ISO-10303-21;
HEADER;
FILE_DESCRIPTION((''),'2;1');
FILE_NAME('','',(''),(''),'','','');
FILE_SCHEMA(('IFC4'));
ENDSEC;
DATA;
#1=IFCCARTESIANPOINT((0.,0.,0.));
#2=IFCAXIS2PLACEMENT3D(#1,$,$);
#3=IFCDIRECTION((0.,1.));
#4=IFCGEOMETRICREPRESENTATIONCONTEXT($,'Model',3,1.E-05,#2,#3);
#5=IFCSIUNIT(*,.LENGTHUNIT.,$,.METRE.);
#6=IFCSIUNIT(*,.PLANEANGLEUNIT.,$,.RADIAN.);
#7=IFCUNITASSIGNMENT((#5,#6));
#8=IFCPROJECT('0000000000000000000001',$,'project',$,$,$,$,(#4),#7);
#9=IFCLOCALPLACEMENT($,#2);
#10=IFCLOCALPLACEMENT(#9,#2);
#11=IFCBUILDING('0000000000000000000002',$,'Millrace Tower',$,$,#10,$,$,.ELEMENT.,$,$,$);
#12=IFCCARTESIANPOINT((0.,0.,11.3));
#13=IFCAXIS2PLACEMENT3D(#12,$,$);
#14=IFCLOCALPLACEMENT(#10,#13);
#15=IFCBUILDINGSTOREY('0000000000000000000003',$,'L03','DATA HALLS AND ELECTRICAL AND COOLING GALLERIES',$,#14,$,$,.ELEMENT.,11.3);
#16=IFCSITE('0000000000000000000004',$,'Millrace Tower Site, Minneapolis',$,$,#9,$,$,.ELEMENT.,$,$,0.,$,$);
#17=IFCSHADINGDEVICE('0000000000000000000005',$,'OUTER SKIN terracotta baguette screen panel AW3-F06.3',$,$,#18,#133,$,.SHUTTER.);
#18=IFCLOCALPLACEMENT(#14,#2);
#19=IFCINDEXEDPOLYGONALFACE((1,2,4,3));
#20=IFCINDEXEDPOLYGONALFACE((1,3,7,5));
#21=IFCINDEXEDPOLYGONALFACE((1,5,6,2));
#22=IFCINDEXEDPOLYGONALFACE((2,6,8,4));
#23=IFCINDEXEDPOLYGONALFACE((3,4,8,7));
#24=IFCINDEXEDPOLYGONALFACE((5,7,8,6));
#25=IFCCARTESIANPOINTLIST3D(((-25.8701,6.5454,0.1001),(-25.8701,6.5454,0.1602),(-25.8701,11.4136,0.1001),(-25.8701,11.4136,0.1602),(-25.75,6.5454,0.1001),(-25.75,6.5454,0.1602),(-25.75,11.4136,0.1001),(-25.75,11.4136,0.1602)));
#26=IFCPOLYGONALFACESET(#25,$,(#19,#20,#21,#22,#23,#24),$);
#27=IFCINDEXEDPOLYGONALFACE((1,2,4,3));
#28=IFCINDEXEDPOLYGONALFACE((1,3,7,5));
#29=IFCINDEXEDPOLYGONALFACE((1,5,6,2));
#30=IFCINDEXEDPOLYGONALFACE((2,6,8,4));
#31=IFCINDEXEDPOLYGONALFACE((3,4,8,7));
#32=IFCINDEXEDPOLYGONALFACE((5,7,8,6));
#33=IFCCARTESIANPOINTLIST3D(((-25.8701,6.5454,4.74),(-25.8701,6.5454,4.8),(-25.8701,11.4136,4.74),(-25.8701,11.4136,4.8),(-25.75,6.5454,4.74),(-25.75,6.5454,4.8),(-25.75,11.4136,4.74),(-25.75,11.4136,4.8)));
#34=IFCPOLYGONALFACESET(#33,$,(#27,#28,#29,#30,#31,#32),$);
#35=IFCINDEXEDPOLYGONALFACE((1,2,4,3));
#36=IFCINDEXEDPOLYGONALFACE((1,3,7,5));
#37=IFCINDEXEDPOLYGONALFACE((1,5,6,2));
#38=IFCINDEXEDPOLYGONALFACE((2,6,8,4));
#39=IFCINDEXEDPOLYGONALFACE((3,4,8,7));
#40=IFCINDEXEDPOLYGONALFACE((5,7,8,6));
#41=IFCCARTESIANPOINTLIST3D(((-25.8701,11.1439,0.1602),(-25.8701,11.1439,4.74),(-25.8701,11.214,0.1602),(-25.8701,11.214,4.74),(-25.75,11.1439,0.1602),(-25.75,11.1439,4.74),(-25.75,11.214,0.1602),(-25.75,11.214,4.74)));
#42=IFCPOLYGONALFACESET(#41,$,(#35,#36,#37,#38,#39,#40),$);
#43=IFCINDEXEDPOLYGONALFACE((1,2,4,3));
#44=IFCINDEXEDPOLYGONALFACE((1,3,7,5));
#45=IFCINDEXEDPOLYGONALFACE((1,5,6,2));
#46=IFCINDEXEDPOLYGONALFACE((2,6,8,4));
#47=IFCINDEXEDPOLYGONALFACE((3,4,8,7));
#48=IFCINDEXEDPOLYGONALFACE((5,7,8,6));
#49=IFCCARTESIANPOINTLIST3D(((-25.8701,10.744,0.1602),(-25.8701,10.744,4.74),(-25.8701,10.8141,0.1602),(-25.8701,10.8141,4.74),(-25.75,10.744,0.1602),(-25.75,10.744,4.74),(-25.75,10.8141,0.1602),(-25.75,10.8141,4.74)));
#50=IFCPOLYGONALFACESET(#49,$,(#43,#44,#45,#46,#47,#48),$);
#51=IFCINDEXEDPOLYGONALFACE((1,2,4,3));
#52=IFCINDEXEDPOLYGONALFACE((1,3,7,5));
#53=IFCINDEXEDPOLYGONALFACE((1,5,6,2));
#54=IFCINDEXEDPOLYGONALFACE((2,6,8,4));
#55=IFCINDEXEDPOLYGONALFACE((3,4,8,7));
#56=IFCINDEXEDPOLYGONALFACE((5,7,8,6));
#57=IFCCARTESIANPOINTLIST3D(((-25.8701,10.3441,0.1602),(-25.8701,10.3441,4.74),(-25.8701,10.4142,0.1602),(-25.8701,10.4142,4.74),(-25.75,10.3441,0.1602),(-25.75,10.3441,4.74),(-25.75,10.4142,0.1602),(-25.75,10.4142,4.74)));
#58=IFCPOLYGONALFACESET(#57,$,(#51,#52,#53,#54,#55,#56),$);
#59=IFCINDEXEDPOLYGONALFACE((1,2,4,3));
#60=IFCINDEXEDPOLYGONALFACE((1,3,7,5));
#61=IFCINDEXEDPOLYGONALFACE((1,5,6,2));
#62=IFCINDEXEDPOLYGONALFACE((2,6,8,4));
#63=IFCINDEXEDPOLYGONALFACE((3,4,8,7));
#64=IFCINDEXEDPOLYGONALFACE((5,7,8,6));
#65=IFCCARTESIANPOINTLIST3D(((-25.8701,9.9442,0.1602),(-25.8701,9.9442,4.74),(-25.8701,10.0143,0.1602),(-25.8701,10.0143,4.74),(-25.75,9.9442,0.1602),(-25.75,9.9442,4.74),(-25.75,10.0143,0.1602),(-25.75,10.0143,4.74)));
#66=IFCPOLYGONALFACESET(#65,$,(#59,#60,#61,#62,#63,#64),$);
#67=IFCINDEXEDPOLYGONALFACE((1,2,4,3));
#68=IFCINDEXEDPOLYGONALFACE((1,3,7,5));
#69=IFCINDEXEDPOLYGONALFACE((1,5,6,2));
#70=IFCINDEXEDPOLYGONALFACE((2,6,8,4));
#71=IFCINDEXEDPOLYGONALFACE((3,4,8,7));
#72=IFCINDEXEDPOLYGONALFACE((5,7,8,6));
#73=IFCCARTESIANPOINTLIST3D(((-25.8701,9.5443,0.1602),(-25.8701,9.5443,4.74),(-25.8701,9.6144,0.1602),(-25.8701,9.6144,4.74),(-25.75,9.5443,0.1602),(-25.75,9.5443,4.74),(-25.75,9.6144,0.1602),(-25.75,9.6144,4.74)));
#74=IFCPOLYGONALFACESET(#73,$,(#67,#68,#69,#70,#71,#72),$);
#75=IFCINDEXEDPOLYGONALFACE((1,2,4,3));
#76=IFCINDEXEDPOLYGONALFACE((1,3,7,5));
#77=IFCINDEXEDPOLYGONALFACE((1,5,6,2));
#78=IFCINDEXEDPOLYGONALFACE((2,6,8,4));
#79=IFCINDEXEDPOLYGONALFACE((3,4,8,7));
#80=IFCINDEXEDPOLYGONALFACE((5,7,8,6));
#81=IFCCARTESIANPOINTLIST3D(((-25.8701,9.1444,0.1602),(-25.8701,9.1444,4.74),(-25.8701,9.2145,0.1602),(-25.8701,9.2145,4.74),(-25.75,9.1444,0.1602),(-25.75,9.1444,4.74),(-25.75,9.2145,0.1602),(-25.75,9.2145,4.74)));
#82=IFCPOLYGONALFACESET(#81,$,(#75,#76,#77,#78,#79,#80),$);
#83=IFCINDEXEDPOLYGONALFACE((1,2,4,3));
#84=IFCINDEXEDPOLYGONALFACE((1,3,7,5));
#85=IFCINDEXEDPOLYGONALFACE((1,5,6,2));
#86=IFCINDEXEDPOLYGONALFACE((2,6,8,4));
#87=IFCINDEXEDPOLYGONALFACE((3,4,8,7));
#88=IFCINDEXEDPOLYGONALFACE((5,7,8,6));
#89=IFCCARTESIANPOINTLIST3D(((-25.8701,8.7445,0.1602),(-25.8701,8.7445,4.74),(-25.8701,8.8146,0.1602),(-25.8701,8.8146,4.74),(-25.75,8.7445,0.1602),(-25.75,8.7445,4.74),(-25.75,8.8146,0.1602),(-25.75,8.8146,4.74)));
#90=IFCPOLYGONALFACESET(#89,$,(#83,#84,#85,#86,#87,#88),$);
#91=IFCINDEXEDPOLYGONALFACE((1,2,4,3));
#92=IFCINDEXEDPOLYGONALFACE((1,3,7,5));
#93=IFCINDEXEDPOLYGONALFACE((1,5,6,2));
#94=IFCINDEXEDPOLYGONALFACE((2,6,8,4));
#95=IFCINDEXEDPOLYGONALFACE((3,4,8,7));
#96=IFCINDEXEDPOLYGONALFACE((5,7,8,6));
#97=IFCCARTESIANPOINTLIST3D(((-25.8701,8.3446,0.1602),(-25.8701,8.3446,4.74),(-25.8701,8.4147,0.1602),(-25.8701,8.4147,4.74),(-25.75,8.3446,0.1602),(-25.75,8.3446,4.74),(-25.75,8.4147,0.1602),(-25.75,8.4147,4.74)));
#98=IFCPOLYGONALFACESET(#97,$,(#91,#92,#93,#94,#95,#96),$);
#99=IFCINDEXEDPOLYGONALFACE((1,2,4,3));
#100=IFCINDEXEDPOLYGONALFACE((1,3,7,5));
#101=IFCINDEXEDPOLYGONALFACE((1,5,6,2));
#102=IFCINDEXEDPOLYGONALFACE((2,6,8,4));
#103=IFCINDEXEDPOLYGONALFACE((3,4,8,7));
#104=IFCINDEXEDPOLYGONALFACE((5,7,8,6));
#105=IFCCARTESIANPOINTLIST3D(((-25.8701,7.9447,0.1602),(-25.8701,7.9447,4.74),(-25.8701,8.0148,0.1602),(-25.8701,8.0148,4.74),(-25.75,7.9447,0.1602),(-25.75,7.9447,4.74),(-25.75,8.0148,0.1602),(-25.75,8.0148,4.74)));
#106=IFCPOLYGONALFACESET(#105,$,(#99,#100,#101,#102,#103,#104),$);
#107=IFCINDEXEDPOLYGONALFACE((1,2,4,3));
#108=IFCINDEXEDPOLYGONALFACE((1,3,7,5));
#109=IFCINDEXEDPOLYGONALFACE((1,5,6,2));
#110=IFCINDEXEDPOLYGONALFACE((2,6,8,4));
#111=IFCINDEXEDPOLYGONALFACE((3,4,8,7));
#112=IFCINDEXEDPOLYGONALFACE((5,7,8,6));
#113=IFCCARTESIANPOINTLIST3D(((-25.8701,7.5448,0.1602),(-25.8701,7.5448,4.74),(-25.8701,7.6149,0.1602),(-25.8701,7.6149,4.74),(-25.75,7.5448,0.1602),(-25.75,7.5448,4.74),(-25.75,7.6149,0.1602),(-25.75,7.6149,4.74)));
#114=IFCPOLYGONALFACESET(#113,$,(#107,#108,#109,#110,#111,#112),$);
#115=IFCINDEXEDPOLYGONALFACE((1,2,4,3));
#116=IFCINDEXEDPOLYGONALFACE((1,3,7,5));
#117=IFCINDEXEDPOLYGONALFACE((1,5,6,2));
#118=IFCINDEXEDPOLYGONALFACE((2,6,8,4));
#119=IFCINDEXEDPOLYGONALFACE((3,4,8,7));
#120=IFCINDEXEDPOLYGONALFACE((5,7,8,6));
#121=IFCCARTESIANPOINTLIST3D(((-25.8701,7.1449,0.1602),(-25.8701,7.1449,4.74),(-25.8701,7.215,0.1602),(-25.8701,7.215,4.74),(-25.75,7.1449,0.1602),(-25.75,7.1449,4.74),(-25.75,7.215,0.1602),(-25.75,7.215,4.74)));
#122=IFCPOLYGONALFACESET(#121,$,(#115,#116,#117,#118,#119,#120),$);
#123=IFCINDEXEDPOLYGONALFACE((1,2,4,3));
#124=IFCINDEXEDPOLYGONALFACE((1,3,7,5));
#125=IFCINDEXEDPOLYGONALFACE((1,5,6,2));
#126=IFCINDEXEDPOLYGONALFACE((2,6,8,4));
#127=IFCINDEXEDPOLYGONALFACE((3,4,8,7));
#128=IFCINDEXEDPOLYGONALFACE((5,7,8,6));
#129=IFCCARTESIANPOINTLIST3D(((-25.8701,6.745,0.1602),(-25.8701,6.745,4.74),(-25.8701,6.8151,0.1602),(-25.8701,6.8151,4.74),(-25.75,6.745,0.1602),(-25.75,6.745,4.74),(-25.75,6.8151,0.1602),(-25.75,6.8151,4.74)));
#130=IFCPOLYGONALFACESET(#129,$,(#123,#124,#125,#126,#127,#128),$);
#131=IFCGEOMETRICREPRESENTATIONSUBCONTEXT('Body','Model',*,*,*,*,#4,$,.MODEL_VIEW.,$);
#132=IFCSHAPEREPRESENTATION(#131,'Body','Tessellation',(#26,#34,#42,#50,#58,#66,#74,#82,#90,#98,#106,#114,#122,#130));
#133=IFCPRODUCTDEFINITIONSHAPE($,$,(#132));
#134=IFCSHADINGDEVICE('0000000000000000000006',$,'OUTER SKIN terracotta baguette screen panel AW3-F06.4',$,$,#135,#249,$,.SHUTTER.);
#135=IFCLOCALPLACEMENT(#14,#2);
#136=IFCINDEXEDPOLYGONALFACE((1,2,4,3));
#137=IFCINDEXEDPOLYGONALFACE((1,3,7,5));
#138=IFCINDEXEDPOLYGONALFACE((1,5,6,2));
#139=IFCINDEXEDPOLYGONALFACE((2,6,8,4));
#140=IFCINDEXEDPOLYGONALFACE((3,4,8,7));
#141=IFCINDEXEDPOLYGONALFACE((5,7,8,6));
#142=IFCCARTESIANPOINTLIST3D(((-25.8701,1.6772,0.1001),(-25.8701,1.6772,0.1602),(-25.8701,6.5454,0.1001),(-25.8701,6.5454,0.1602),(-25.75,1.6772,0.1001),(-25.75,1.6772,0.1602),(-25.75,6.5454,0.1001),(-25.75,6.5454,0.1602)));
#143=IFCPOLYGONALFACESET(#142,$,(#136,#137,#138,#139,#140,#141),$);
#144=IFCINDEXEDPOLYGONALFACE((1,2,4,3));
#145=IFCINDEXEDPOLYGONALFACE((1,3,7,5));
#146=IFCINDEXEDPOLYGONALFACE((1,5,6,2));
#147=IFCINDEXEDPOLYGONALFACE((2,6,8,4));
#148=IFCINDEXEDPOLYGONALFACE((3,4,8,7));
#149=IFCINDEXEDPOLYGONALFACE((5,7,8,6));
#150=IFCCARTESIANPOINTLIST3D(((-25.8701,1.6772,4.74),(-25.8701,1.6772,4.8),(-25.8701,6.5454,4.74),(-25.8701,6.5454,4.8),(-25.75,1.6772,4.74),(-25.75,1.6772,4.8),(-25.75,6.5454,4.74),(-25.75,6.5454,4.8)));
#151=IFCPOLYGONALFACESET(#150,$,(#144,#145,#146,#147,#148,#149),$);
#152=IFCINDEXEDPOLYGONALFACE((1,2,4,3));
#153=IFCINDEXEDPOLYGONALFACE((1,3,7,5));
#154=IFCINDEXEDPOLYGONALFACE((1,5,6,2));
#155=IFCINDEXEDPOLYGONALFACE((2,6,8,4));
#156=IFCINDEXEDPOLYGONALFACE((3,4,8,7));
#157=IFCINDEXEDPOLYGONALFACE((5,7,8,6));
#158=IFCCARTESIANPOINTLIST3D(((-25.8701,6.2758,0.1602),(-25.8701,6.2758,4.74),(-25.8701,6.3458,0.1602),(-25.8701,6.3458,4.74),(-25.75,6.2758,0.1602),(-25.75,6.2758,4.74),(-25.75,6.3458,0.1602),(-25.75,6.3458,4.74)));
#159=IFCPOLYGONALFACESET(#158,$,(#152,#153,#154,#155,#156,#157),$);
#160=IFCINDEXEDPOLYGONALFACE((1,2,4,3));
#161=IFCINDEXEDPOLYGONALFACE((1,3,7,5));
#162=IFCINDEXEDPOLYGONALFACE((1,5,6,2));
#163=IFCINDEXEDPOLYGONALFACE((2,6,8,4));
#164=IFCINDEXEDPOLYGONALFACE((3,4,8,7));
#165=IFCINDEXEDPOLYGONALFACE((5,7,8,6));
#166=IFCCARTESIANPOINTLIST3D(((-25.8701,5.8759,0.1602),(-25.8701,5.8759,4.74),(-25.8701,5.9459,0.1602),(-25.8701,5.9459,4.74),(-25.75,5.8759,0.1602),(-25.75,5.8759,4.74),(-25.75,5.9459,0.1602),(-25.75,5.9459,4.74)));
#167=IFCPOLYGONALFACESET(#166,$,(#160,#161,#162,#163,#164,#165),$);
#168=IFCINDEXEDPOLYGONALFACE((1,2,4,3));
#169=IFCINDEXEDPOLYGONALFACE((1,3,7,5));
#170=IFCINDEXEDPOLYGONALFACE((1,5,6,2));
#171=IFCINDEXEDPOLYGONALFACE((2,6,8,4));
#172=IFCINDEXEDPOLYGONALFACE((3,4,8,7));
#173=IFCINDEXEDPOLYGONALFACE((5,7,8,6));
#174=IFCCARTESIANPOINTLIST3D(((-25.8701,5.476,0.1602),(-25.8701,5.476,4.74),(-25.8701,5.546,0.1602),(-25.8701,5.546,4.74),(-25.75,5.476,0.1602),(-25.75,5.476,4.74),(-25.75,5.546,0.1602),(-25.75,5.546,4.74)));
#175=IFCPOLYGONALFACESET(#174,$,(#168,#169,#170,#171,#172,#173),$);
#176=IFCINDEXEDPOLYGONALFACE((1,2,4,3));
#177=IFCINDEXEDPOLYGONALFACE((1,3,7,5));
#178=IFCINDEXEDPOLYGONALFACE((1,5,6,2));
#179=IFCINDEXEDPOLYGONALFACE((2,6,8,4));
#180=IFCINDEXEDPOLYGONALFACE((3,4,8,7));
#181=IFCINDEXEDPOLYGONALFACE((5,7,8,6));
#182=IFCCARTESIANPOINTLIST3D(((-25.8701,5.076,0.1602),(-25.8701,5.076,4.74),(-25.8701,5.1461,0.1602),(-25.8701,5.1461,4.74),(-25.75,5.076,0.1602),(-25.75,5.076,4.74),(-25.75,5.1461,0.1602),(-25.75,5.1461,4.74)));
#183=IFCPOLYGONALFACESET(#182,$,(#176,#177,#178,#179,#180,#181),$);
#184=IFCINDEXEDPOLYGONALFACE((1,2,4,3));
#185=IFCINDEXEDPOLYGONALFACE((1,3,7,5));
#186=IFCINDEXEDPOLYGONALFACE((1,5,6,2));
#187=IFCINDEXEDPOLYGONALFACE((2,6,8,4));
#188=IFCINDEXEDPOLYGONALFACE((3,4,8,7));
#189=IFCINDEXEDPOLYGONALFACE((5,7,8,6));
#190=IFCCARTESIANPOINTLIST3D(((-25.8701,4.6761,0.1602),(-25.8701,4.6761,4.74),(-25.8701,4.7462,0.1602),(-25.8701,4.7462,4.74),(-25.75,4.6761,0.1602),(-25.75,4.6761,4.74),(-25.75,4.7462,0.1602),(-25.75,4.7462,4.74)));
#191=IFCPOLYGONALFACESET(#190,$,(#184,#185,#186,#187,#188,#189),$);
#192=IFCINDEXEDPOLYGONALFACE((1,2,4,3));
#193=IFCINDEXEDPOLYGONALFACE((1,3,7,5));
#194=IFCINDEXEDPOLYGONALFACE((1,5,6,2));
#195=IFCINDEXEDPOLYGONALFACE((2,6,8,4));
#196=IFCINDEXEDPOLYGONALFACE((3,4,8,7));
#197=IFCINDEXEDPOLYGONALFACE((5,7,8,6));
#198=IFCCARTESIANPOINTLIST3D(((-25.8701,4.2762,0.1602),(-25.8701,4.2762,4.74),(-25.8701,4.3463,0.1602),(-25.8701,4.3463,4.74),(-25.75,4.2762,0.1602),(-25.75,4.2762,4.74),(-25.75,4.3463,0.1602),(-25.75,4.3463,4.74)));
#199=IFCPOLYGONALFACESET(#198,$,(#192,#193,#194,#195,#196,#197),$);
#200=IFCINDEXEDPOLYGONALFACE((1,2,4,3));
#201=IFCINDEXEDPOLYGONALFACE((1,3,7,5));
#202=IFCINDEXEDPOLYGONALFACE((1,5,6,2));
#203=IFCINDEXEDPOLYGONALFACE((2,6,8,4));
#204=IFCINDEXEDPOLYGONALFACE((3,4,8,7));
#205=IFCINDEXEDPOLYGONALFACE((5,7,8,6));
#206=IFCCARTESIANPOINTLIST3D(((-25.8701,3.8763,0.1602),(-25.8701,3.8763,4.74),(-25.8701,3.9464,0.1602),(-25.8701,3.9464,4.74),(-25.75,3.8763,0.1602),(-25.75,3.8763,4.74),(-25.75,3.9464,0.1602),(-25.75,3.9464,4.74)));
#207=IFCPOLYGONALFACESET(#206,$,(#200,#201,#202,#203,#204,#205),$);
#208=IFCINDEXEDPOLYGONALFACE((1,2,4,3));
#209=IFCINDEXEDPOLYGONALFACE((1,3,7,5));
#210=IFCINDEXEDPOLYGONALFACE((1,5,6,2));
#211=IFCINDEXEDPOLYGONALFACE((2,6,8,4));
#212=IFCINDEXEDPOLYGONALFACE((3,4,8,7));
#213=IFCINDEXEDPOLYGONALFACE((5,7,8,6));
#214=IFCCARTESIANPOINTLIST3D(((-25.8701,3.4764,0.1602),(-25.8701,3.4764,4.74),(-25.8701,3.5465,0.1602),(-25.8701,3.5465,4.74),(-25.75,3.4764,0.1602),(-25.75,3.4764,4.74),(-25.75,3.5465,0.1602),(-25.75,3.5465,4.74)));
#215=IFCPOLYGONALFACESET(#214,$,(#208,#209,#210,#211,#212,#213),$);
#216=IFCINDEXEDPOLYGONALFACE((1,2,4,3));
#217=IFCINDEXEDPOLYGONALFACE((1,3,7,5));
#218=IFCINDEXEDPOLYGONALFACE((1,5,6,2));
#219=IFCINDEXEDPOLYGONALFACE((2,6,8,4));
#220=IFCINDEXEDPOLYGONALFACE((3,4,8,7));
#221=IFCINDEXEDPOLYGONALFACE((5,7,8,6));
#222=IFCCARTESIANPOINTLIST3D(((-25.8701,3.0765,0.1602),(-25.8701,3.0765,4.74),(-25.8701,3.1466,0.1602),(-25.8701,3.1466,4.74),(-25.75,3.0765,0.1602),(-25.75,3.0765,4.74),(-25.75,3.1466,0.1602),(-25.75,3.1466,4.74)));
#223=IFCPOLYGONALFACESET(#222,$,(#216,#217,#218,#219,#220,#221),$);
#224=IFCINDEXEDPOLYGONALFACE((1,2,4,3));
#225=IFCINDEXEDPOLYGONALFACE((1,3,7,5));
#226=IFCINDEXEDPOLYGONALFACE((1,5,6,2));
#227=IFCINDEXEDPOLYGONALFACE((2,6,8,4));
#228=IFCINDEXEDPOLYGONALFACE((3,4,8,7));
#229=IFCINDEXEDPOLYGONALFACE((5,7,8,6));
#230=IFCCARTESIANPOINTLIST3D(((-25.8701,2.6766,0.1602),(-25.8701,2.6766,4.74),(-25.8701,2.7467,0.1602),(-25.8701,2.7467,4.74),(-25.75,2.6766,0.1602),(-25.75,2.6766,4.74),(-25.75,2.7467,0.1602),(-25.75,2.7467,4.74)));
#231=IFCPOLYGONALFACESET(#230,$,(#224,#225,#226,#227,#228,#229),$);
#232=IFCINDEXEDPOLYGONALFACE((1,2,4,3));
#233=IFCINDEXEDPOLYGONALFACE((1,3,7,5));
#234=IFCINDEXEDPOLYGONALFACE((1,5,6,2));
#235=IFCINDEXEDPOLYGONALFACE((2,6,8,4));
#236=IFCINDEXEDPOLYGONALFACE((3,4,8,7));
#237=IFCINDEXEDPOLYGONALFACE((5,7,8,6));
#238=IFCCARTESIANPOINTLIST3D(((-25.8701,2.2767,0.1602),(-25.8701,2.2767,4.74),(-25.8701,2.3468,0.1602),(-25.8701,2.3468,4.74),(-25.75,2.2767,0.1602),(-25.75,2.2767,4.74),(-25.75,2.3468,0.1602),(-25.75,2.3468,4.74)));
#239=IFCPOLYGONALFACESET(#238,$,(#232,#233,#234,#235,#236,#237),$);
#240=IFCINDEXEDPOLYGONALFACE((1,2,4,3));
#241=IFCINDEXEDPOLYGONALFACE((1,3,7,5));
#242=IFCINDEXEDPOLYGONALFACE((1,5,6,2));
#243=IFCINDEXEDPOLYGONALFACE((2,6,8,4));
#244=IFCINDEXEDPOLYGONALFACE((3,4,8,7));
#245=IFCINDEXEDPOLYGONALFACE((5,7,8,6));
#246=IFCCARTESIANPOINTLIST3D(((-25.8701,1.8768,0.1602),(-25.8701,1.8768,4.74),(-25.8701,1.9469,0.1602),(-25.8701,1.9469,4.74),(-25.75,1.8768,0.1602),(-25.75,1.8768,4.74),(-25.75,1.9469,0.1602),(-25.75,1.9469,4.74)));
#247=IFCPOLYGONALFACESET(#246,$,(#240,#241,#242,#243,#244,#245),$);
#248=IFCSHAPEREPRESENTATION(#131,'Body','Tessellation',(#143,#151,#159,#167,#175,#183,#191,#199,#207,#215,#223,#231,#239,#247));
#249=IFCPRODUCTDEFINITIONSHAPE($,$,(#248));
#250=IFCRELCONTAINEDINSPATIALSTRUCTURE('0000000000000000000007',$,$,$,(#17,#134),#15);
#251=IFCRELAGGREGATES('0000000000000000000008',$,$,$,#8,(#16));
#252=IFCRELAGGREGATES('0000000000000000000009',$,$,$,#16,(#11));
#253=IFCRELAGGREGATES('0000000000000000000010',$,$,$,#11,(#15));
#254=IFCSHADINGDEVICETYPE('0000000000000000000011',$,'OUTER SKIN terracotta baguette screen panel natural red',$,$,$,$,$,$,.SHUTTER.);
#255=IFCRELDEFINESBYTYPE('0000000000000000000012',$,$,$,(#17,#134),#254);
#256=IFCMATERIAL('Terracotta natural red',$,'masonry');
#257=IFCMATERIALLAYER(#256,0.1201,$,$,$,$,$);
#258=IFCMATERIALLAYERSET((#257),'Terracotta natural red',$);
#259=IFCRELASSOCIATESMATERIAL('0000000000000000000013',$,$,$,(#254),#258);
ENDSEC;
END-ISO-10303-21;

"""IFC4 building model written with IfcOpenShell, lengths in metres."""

from ifc_helpers import new_model, entity, si_unit, direction, frame, frame_2d, origin, place, context, subcontext, project, spatial, rectangle, extrude, source, transform, mapped, material, layer, layer_set, type_object, element, save


model = new_model("IFC4")

# Units and contexts
model_context = context("Model", 3, precision=1e-05, world=origin(), true_north=direction((0.0, 1.0)))
body_context = subcontext(model_context, "Body", "Model", "MODEL_VIEW")
ifc_project = project(units=[si_unit("LENGTHUNIT", "METRE"), si_unit("PLANEANGLEUNIT", "RADIAN")], contexts=[model_context])

# Site, building, storey
site_placement = place(None, origin())
site = spatial("IfcSite", under=ifc_project, at=site_placement, Name="Millrace Tower Site, Minneapolis", CompositionType="ELEMENT", RefElevation=0.0)
building_placement = place(site_placement, origin())
building = spatial("IfcBuilding", under=site, at=building_placement, Name="Millrace Tower", CompositionType="ELEMENT")
storey_placement = place(building_placement, frame((0.0, 0.0, 11.3)))
storey = spatial("IfcBuildingStorey", under=building, at=storey_placement, Name="L03", Description="DATA HALLS AND ELECTRICAL AND COOLING GALLERIES", CompositionType="ELEMENT", Elevation=11.3)

# Shading devices
ifc_material_1 = material(Name="Terracotta natural red", Category="masonry")
ifc_layer_1 = layer(ifc_material_1, 0.1201)
ifc_layer_set_1 = layer_set([ifc_layer_1], Name="Terracotta natural red")
shading_device_type = type_object("IfcShadingDeviceType", Name="OUTER SKIN terracotta baguette screen panel natural red", PredefinedType="SHUTTER", material=ifc_layer_set_1)
cartesian_point = entity("IfcCartesianPoint", [-2.4341, 0.0601])
shared_polyline = entity("IfcPolyline", [cartesian_point, entity("IfcCartesianPoint", [2.4341, 0.0601]), entity("IfcCartesianPoint", [2.4341, -0.0601]), entity("IfcCartesianPoint", [-2.4341, -0.0601]), cartesian_point])
shared_shape = source(origin(), body_context, "Body", "SweptSolid", [
    entity("IfcExtrudedAreaSolid", entity("IfcArbitraryClosedProfileDef", "AREA", None, shared_polyline), entity("IfcAxis2Placement3D", entity("IfcCartesianPoint", [0.0, 0.0, 0.0])), entity("IfcDirection", [0.0, 0.0, 1.0]), 0.0601),
    entity("IfcExtrudedAreaSolid", entity("IfcArbitraryClosedProfileDef", "AREA", None, shared_polyline), entity("IfcAxis2Placement3D", entity("IfcCartesianPoint", [0.0, 0.0, 4.6399])), entity("IfcDirection", [0.0, 0.0, 1.0]), 0.0601),
    extrude(rectangle(XDim=0.0701, YDim=0.1201, at=frame_2d((-2.1995, 0.0))), frame((0.0, 0.0, 0.0601)), (0.0, 0.0, 1.0), 4.5798),
    extrude(rectangle(XDim=0.0701, YDim=0.1201, at=frame_2d((-1.7996, 0.0))), frame((0.0, 0.0, 0.0601)), (0.0, 0.0, 1.0), 4.5798),
    extrude(rectangle(XDim=0.0701, YDim=0.1201, at=frame_2d((-1.3997, 0.0))), frame((0.0, 0.0, 0.0601)), (0.0, 0.0, 1.0), 4.5798),
    extrude(rectangle(XDim=0.0701, YDim=0.1201, at=frame_2d((-0.9998, 0.0))), frame((0.0, 0.0, 0.0601)), (0.0, 0.0, 1.0), 4.5798),
    extrude(rectangle(XDim=0.0701, YDim=0.1201, at=frame_2d((-0.5999, 0.0))), frame((0.0, 0.0, 0.0601)), (0.0, 0.0, 1.0), 4.5798),
    extrude(rectangle(XDim=0.0701, YDim=0.1201, at=frame_2d((-0.2, 0.0))), frame((0.0, 0.0, 0.0601)), (0.0, 0.0, 1.0), 4.5798),
    extrude(rectangle(XDim=0.0701, YDim=0.1201, at=frame_2d((0.2, 0.0))), frame((0.0, 0.0, 0.0601)), (0.0, 0.0, 1.0), 4.5798),
    extrude(rectangle(XDim=0.0701, YDim=0.1201, at=frame_2d((0.5999, 0.0))), frame((0.0, 0.0, 0.0601)), (0.0, 0.0, 1.0), 4.5798),
    extrude(rectangle(XDim=0.0701, YDim=0.1201, at=frame_2d((0.9998, 0.0))), frame((0.0, 0.0, 0.0601)), (0.0, 0.0, 1.0), 4.5798),
    extrude(rectangle(XDim=0.0701, YDim=0.1201, at=frame_2d((1.3997, 0.0))), frame((0.0, 0.0, 0.0601)), (0.0, 0.0, 1.0), 4.5798),
    extrude(rectangle(XDim=0.0701, YDim=0.1201, at=frame_2d((1.7996, 0.0))), frame((0.0, 0.0, 0.0601)), (0.0, 0.0, 1.0), 4.5798),
    extrude(rectangle(XDim=0.0701, YDim=0.1201, at=frame_2d((2.1995, 0.0))), frame((0.0, 0.0, 0.0601)), (0.0, 0.0, 1.0), 4.5798),
])
for number, where, z_axis, x_axis, name in (
    (1, (-25.8101, 8.9795, 0.1001), (0.0, 0.0, 1.0), (0.0, -1.0, 0.0), "OUTER SKIN terracotta baguette screen panel AW3-F06.3"),
    (2, (-25.8101, 4.1113, 0.1001), (0.0, 0.0, 1.0), (0.0, -1.0, 0.0), "OUTER SKIN terracotta baguette screen panel AW3-F06.4"),
):
    element("IfcShadingDevice", number, at=place(storey_placement, frame(where, z_axis=z_axis, x_axis=x_axis)), inside=storey, type_object=shading_device_type, Name=name, PredefinedType="SHUTTER", context=body_context, shape_type="MappedRepresentation", body=[
        mapped(shared_shape, transform((0.0, 0.0, 0.0), scale=1.0)),
    ])

save(model, "model.ifc")
